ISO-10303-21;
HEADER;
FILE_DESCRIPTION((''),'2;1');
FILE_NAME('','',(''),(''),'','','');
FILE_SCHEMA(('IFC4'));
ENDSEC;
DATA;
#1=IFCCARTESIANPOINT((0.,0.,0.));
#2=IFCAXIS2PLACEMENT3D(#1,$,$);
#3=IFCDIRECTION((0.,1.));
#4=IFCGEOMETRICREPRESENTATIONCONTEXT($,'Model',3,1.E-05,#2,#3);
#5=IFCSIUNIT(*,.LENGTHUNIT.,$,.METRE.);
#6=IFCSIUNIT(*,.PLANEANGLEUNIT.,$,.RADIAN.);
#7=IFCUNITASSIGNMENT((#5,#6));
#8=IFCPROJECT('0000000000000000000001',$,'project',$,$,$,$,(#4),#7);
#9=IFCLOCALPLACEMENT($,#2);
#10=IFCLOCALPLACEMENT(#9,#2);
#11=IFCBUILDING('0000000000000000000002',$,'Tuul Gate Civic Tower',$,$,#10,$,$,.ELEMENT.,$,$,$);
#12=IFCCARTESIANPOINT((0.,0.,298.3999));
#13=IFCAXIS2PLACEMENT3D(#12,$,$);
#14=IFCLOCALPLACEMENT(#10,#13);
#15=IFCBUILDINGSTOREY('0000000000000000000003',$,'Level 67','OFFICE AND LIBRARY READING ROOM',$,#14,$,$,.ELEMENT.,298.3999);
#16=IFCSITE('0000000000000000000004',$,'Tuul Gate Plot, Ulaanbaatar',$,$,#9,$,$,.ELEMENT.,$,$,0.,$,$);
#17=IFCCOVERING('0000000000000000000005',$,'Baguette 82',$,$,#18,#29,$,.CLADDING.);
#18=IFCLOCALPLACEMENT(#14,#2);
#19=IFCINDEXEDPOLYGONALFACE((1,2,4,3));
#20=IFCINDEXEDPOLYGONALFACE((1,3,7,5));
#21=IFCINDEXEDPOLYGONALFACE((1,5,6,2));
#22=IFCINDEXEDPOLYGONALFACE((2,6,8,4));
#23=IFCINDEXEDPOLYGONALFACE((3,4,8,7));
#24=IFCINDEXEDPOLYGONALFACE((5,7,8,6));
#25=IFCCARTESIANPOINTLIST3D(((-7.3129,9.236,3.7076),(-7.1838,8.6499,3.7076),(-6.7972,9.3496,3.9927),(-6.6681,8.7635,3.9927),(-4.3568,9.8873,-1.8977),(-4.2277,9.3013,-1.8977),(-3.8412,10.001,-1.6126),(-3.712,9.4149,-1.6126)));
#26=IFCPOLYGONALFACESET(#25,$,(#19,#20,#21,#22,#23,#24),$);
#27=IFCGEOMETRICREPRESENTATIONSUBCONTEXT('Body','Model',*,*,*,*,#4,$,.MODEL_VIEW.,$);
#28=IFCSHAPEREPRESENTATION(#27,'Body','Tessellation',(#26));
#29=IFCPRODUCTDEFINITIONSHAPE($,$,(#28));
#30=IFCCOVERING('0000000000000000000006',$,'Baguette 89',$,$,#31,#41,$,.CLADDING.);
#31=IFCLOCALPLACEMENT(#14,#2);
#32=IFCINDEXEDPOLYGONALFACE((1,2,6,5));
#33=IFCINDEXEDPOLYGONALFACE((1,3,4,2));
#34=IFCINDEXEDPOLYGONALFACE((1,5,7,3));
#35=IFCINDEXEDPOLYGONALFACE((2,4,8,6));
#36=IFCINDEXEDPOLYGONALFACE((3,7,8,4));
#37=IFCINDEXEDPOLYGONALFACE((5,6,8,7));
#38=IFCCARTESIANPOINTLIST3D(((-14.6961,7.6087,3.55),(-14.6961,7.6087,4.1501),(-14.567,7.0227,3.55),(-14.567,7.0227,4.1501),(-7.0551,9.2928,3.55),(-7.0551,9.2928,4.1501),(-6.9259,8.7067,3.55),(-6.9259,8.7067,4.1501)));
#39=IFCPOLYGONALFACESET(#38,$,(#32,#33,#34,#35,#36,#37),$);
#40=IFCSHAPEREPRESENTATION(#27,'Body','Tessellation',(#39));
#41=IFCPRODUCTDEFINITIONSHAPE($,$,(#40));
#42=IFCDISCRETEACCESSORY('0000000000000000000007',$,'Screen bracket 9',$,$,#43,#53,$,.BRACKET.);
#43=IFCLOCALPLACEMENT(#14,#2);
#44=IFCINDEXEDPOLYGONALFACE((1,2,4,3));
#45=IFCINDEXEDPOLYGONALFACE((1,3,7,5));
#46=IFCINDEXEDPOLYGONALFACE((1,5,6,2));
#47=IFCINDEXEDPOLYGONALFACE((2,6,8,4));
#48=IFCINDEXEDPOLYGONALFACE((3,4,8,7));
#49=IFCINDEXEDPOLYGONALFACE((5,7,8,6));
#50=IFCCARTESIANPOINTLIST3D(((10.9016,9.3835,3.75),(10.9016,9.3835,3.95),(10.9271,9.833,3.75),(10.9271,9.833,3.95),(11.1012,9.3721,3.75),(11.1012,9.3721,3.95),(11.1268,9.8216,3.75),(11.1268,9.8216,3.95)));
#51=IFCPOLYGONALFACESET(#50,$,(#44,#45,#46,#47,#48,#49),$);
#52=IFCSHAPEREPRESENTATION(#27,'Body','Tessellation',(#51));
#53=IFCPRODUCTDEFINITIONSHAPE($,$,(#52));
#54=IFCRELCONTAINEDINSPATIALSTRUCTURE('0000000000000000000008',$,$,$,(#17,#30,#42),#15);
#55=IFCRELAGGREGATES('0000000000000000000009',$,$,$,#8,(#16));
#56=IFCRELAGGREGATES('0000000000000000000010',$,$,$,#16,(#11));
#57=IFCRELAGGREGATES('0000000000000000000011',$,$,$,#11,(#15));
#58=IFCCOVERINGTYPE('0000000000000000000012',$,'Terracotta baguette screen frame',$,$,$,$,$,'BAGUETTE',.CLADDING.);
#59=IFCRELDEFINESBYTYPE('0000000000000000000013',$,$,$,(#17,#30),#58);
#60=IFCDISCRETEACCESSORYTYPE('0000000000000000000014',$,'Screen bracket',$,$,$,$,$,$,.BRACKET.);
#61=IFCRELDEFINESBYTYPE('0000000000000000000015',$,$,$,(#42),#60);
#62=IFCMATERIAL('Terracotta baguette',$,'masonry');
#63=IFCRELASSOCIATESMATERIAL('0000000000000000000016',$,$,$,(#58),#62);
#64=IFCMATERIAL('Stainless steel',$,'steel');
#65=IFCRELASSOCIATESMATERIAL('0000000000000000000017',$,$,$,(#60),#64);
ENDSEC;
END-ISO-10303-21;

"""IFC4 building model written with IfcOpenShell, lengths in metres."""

from ifc_helpers import new_model, si_unit, direction, frame, origin, origin_2d, place, context, subcontext, project, spatial, rectangle, extrude, material, material_profile, profile_set, type_object, element, save


model = new_model("IFC4")

# Units and contexts
model_context = context("Model", 3, precision=1e-05, world=origin(), true_north=direction((0.0, 1.0)))
body_context = subcontext(model_context, "Body", "Model", "MODEL_VIEW")
ifc_project = project(units=[si_unit("LENGTHUNIT", "METRE"), si_unit("PLANEANGLEUNIT", "RADIAN")], contexts=[model_context])

# Site, building, storey
site_placement = place(None, origin())
site = spatial("IfcSite", under=ifc_project, at=site_placement, Name="Tuul Gate Plot, Ulaanbaatar", CompositionType="ELEMENT", RefElevation=0.0)
building_placement = place(site_placement, origin())
building = spatial("IfcBuilding", under=site, at=building_placement, Name="Tuul Gate Civic Tower", CompositionType="ELEMENT")
storey_placement = place(building_placement, frame((0.0, 0.0, 298.3999)))
storey = spatial("IfcBuildingStorey", under=building, at=storey_placement, Name="Level 67", Description="OFFICE AND LIBRARY READING ROOM", CompositionType="ELEMENT", Elevation=298.3999)

# Coverings
ifc_material_1 = material(Name="Terracotta baguette", Category="masonry")
ifc_material_profile_1 = material_profile(ifc_material_1, rectangle(XDim=0.6001, YDim=0.6001, at=origin_2d()), Name="Terracotta baguette screen frame")
ifc_profile_set_1 = profile_set([ifc_material_profile_1], Name="Terracotta baguette")
covering_type = type_object("IfcCoveringType", Name="Terracotta baguette screen frame", ElementType="BAGUETTE", PredefinedType="CLADDING", material=ifc_profile_set_1)
covering_1_placement = place(storey_placement, frame((-4.0344, 9.6511, -1.7551), z_axis=(-0.464035, -0.10225, 0.879896), x_axis=(0.215188, -0.976573, 0.0)))
element("IfcCovering", 1, at=covering_1_placement, inside=storey, type_object=covering_type, Name="Baguette 82", PredefinedType="CLADDING", context=body_context, shape_type="SweptSolid", body=[
    extrude(rectangle(XDim=0.6001, YDim=0.6001, at=origin_2d()), origin(), (0.0, 0.0, 1.0), 6.3704),
])
covering_2_placement = place(storey_placement, frame((-6.9905, 8.9998, 3.8501), z_axis=(-0.976563, -0.215232, 0.0), x_axis=(0.215232, -0.976563, 0.0)))
element("IfcCovering", 2, at=covering_2_placement, inside=storey, type_object=covering_type, Name="Baguette 89", PredefinedType="CLADDING", context=body_context, shape_type="SweptSolid", body=[
    extrude(rectangle(XDim=0.6001, YDim=0.6001, at=origin_2d()), origin(), (0.0, 0.0, 1.0), 7.8245),
])

# Discrete accessory
ifc_material_2 = material(Name="Stainless steel", Category="steel")
discrete_accessory_type = type_object("IfcDiscreteAccessoryType", Name="Screen bracket", PredefinedType="BRACKET", material=ifc_material_2)
discrete_accessory_placement = place(storey_placement, frame((11.0142, 9.6025, 3.75), z_axis=(0.0, 0.0, 1.0), x_axis=(0.056808, 0.998385, 0.0)))
element("IfcDiscreteAccessory", 3, at=discrete_accessory_placement, inside=storey, type_object=discrete_accessory_type, Name="Screen bracket 9", PredefinedType="BRACKET", context=body_context, shape_type="SweptSolid", body=[
    extrude(rectangle(XDim=0.4502, YDim=0.2, at=origin_2d()), origin(), (0.0, 0.0, 1.0), 0.2),
])

save(model, "model.ifc")
